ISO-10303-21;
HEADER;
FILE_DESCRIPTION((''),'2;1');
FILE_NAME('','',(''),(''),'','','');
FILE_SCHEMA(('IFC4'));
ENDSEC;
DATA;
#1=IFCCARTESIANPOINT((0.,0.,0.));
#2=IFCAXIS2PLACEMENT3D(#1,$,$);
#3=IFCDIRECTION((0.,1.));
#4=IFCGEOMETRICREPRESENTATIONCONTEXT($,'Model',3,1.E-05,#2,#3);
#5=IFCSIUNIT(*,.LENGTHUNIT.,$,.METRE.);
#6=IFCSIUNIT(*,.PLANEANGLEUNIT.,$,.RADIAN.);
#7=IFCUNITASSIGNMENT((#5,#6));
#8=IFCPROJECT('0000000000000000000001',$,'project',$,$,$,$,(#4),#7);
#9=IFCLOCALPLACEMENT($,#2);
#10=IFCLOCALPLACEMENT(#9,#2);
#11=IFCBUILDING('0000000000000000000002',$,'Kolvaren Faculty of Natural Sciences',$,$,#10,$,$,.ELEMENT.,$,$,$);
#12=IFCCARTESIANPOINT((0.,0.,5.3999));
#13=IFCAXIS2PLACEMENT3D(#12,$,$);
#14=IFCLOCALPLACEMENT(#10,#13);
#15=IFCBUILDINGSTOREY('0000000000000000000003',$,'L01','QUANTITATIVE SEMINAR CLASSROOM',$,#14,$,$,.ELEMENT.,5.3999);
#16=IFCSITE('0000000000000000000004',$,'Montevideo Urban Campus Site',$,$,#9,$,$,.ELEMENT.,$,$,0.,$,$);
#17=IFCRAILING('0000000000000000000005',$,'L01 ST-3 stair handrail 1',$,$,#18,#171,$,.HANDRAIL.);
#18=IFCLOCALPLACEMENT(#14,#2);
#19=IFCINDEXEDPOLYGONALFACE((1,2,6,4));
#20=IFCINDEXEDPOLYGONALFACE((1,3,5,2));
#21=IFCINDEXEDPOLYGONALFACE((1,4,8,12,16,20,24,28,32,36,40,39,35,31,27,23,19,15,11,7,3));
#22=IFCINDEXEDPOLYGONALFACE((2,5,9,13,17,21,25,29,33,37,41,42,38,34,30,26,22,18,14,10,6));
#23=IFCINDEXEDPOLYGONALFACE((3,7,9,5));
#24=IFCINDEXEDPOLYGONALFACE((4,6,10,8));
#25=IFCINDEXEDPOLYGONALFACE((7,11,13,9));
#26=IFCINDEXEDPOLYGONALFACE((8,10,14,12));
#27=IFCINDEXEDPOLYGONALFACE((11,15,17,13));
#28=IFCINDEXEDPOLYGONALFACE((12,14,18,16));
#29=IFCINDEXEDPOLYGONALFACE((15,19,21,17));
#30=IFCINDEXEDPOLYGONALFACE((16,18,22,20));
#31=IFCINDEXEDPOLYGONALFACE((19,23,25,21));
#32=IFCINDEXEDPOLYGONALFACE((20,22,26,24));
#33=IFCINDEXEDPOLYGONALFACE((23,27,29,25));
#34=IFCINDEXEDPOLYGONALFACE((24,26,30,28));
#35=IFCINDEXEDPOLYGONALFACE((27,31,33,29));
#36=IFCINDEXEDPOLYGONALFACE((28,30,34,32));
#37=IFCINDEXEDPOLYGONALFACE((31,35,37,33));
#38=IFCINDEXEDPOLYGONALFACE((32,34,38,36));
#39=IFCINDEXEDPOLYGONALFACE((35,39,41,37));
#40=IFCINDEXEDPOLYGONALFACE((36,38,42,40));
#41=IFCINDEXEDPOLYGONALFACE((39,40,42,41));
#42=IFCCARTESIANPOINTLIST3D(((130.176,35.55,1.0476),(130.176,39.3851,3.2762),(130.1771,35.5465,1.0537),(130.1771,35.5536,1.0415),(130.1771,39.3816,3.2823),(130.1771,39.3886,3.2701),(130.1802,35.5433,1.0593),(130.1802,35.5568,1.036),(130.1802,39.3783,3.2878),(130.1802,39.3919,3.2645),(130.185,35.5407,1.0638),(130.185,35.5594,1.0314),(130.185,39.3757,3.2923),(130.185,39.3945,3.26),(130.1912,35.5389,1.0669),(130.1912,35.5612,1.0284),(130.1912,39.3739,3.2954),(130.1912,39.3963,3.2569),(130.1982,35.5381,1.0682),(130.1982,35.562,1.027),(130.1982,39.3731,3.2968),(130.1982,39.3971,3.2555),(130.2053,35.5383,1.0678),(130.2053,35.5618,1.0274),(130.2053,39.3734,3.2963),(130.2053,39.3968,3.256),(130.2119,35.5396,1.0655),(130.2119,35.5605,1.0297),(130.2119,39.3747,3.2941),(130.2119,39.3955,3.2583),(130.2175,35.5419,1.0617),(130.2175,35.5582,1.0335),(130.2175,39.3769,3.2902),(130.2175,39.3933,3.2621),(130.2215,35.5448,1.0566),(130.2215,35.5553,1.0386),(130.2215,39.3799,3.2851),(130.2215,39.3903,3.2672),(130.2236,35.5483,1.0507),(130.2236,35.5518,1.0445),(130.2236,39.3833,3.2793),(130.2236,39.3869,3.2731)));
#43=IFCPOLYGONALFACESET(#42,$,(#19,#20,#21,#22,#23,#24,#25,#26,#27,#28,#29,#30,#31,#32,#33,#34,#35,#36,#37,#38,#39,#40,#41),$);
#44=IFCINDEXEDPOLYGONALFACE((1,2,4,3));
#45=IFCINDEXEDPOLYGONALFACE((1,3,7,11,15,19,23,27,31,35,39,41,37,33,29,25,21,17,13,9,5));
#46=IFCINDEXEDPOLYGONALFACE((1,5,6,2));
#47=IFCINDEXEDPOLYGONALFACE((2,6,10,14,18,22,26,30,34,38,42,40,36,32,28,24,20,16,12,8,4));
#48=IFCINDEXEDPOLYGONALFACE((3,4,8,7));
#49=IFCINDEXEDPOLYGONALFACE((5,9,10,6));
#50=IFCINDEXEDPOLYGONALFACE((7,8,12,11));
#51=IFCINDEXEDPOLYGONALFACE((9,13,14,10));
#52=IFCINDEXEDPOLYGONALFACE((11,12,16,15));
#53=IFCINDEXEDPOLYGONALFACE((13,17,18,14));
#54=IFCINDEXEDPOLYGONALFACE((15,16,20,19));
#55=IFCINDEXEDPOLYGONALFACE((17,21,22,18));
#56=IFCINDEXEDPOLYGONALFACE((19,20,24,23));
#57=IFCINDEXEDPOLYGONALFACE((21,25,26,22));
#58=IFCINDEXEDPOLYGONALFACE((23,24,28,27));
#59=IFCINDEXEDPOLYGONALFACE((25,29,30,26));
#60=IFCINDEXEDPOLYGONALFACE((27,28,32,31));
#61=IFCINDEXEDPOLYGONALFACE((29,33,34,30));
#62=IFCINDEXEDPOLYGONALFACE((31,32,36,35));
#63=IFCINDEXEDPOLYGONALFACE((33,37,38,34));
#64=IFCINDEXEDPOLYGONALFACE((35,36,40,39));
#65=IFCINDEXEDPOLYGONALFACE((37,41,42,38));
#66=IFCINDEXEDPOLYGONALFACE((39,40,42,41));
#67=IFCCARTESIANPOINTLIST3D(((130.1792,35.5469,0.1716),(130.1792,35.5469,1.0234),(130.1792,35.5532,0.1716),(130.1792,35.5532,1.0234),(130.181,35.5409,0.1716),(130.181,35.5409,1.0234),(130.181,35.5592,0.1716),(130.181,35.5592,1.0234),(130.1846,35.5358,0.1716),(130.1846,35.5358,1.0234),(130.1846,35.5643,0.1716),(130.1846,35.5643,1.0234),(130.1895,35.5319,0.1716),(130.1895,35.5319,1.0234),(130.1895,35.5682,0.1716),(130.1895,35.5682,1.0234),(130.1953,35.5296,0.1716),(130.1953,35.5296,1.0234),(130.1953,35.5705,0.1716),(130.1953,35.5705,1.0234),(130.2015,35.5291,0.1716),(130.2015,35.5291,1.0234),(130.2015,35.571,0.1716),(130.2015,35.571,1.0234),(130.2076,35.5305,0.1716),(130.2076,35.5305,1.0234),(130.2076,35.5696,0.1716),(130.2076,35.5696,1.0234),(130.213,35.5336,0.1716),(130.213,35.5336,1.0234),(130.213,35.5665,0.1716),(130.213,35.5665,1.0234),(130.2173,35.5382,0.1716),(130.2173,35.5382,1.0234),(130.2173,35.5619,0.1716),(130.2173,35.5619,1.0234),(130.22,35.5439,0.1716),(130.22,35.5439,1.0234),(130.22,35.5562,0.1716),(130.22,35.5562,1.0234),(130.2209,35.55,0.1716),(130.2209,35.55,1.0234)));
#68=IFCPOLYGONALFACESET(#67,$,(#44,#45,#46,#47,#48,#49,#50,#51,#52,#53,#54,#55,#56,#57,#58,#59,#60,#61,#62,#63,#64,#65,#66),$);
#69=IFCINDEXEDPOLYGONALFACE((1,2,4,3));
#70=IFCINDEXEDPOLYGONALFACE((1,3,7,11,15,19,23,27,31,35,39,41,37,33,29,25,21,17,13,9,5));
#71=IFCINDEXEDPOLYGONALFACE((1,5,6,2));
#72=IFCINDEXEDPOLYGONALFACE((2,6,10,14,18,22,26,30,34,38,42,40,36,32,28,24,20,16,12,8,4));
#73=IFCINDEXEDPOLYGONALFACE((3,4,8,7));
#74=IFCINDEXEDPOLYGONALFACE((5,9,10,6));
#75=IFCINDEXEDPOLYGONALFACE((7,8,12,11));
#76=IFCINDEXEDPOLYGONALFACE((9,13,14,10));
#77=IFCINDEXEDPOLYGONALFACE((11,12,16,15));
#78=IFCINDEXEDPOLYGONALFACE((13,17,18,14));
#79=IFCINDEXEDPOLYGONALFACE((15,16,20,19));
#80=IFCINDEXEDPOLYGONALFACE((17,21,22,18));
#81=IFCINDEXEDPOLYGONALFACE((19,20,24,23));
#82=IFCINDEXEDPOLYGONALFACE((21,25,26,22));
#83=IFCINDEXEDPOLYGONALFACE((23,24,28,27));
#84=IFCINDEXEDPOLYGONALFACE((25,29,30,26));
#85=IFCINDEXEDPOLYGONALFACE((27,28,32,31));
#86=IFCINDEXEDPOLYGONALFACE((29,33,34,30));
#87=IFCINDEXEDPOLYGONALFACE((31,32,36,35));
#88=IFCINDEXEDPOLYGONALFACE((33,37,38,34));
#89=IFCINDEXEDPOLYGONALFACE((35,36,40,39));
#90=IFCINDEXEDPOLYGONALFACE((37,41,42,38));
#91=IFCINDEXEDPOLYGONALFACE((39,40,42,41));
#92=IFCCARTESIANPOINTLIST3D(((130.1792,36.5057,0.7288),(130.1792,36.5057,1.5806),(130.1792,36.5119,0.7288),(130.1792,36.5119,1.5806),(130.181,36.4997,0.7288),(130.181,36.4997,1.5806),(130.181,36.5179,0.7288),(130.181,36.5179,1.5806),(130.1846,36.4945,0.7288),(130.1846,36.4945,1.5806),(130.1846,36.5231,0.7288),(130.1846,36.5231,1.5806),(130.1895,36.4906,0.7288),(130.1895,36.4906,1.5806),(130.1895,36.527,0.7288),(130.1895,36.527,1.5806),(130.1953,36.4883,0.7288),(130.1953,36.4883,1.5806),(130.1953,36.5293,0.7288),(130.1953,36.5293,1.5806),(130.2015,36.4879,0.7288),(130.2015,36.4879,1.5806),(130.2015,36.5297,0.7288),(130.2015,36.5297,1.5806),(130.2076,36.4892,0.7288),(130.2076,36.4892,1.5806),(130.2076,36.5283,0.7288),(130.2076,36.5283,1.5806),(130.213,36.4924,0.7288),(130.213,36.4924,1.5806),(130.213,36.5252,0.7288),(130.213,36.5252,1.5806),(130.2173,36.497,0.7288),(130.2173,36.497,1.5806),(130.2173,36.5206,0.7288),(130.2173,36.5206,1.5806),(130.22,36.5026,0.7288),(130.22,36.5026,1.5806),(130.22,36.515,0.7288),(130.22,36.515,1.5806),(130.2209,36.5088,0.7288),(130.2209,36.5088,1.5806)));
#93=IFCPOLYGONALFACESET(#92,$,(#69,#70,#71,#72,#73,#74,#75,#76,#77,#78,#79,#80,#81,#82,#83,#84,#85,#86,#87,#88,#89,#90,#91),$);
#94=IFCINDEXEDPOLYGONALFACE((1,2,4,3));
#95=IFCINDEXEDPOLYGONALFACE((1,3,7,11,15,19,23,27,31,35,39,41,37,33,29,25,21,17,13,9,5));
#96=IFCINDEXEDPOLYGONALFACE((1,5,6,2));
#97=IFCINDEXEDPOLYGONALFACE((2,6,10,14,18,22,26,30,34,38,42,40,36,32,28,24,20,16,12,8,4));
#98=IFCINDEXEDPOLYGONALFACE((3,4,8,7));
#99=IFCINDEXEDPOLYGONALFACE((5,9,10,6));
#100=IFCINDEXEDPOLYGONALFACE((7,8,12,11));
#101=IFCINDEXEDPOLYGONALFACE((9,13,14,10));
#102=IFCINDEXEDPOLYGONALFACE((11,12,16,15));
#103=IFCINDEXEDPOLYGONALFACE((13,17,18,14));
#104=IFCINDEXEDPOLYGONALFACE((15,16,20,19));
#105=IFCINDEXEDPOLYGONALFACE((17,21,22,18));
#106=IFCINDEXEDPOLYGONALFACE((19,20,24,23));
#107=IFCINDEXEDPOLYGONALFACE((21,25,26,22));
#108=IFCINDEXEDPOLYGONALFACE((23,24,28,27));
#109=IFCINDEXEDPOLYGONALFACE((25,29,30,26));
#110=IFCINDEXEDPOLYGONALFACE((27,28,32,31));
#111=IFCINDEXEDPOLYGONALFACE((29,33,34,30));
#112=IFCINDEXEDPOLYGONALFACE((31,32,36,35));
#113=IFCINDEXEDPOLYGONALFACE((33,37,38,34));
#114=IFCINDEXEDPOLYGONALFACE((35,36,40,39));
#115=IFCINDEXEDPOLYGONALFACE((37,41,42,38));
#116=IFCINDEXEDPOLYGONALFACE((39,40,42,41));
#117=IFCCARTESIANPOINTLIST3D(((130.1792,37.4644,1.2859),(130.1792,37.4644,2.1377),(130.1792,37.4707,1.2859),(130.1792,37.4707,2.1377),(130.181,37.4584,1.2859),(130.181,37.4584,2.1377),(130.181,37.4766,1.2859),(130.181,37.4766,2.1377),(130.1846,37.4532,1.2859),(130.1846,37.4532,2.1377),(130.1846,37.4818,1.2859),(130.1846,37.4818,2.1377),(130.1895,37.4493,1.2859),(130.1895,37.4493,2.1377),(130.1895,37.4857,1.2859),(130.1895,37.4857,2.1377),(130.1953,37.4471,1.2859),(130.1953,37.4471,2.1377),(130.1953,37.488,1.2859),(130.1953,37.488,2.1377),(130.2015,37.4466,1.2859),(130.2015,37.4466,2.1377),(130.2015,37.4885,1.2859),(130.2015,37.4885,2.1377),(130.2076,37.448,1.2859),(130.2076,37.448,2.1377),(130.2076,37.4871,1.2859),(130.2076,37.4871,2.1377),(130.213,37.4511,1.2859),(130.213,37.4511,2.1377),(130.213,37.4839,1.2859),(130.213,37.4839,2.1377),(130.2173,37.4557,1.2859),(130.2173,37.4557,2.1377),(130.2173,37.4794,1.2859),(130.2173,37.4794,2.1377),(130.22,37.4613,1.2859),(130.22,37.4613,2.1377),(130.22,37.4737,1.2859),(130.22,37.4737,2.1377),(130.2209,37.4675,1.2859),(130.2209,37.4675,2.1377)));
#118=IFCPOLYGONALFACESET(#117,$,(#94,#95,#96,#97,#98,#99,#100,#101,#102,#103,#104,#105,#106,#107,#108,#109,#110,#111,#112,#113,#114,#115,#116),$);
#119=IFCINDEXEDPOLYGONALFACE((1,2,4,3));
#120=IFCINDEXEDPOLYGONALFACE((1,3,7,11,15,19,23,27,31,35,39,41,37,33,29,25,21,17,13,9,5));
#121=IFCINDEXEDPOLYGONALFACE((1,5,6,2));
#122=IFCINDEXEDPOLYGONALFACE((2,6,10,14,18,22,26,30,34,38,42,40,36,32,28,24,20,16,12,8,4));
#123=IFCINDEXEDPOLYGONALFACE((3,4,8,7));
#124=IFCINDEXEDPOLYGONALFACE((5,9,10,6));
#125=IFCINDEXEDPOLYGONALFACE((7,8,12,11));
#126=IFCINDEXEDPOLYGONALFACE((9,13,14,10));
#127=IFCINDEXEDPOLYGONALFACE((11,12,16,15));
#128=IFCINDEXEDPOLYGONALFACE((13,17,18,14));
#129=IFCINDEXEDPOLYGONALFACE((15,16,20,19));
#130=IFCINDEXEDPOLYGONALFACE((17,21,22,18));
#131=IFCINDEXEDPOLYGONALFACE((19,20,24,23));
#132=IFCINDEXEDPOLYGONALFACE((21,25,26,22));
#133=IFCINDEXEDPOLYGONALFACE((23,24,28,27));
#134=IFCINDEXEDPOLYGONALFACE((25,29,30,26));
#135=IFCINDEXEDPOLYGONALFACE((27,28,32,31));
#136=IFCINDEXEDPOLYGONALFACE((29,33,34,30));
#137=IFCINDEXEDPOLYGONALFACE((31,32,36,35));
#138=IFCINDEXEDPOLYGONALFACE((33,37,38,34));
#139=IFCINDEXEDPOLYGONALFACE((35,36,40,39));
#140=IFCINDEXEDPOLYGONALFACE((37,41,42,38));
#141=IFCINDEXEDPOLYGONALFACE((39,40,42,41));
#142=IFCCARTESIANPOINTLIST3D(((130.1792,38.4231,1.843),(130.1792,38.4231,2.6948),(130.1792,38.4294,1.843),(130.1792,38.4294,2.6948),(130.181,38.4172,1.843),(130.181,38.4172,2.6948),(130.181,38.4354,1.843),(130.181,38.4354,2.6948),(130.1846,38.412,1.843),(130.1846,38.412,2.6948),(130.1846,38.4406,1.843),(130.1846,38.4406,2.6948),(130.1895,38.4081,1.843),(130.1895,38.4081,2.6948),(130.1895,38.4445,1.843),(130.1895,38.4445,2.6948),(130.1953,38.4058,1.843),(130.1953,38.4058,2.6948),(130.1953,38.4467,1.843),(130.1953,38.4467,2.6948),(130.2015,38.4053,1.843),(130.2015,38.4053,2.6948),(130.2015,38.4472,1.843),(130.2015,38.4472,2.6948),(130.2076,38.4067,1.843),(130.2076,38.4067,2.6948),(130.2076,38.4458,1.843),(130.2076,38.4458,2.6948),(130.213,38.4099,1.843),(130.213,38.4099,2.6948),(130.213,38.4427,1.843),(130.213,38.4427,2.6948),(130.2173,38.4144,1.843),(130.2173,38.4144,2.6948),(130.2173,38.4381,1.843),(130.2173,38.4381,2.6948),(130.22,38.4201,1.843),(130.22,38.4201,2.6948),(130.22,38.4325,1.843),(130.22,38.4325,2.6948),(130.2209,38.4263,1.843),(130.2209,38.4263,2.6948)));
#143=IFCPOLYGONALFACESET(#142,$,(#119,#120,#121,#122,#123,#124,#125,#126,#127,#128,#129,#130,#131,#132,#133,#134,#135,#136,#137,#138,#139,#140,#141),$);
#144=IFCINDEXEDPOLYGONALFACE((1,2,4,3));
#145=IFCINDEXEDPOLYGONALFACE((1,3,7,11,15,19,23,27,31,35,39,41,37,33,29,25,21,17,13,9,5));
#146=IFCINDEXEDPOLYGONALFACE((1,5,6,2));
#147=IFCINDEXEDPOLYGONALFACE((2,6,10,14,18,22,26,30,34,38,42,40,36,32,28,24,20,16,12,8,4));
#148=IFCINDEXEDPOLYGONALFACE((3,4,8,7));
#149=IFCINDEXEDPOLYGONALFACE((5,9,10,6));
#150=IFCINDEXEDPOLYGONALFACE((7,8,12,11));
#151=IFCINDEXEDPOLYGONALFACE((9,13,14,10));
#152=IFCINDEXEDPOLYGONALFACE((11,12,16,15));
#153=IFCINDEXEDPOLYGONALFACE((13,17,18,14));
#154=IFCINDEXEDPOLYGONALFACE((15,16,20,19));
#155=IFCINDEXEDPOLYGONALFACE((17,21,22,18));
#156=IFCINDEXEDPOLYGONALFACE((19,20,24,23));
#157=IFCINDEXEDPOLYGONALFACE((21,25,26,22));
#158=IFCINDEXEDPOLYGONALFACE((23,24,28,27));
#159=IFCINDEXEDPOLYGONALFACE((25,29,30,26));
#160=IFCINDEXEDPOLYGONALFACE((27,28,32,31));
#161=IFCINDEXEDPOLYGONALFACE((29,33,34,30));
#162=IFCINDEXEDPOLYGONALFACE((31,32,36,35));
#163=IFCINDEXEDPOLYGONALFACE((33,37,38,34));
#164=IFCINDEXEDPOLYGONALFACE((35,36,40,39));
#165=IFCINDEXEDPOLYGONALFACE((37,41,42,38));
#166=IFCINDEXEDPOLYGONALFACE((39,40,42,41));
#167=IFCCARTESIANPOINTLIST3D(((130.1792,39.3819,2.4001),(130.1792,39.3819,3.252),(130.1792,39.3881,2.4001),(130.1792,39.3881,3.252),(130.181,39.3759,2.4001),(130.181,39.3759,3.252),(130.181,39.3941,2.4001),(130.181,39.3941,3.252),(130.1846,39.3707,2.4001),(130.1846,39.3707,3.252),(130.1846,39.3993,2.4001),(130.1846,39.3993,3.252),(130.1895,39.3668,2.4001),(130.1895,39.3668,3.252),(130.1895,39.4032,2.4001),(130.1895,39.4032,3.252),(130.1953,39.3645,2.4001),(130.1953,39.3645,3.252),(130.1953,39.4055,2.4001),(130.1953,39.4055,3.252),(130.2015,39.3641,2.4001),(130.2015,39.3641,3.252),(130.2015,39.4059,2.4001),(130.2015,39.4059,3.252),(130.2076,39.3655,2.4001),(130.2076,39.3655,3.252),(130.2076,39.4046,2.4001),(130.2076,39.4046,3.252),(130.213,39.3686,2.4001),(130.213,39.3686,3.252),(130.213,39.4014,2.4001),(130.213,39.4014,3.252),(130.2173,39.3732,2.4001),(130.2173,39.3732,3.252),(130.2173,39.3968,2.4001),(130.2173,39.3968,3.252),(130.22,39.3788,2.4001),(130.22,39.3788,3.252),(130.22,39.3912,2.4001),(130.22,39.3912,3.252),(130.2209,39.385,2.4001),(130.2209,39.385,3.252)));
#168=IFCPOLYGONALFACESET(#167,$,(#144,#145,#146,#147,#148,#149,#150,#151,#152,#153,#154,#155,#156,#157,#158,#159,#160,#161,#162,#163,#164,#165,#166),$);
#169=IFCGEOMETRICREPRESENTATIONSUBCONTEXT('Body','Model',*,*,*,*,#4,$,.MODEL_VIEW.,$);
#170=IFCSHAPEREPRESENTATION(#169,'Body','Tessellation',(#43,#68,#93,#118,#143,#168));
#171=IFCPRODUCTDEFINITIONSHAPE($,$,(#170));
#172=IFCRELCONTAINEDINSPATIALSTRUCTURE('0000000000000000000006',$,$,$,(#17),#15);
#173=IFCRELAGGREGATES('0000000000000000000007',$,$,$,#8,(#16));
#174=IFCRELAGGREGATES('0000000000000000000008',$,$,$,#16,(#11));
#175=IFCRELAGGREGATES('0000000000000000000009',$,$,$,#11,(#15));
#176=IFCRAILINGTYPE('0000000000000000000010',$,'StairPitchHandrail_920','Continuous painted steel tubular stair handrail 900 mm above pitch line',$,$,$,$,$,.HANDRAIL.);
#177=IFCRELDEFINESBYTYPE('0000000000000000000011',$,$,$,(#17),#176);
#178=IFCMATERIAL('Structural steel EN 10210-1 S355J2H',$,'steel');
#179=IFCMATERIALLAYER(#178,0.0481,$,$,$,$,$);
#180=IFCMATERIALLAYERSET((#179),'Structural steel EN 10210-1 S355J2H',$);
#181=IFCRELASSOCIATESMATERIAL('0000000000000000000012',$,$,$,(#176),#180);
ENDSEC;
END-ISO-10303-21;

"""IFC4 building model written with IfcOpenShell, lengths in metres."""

from ifc_helpers import new_model, si_unit, direction, frame, origin, origin_2d, place, context, subcontext, project, spatial, circle, extrude, material, layer, layer_set, type_object, element, save


model = new_model("IFC4")

# Units and contexts
model_context = context("Model", 3, precision=1e-05, world=origin(), true_north=direction((0.0, 1.0)))
body_context = subcontext(model_context, "Body", "Model", "MODEL_VIEW")
ifc_project = project(units=[si_unit("LENGTHUNIT", "METRE"), si_unit("PLANEANGLEUNIT", "RADIAN")], contexts=[model_context])

# Site, building, storey
site_placement = place(None, origin())
site = spatial("IfcSite", under=ifc_project, at=site_placement, Name="Montevideo Urban Campus Site", CompositionType="ELEMENT", RefElevation=0.0)
building_placement = place(site_placement, origin())
building = spatial("IfcBuilding", under=site, at=building_placement, Name="Kolvaren Faculty of Natural Sciences", CompositionType="ELEMENT")
storey_placement = place(building_placement, frame((0.0, 0.0, 5.3999)))
storey = spatial("IfcBuildingStorey", under=building, at=storey_placement, Name="L01", Description="QUANTITATIVE SEMINAR CLASSROOM", CompositionType="ELEMENT", Elevation=5.3999)

# Railing
ifc_material_1 = material(Name="Structural steel EN 10210-1 S355J2H", Category="steel")
ifc_layer_1 = layer(ifc_material_1, 0.0481)
ifc_layer_set_1 = layer_set([ifc_layer_1], Name="Structural steel EN 10210-1 S355J2H")
railing_type_1 = type_object("IfcRailingType", Name="StairPitchHandrail_920", Description="Continuous painted steel tubular stair handrail 900 mm above pitch line", PredefinedType="HANDRAIL", material=ifc_layer_set_1)
railing_1_placement = place(storey_placement, frame((130.2, 35.55, 0.1716)))
element("IfcRailing", 1, at=railing_1_placement, inside=storey, type_object=railing_type_1, Name="L01 ST-3 stair handrail 1", PredefinedType="HANDRAIL", context=body_context, shape_type="SweptSolid", body=[
    extrude(circle(Radius=0.0239, at=origin_2d()), frame((0.0, 0.0, 0.876), z_axis=(0.0, 0.864616, 0.502433), x_axis=(-1.0, 0.0, 0.0)), (0.0, 0.0, 1.0), 4.4355),
    extrude(circle(Radius=0.021, at=origin_2d()), origin(), (0.0, 0.0, 1.0), 0.8518),
    extrude(circle(Radius=0.021, at=origin_2d()), frame((0.0, 0.9587, 0.5571)), (0.0, 0.0, 1.0), 0.8518),
    extrude(circle(Radius=0.021, at=origin_2d()), frame((0.0, 1.9175, 1.1143)), (0.0, 0.0, 1.0), 0.8518),
    extrude(circle(Radius=0.021, at=origin_2d()), frame((0.0, 2.8762, 1.6714)), (0.0, 0.0, 1.0), 0.8518),
    extrude(circle(Radius=0.021, at=origin_2d()), frame((0.0, 3.835, 2.2285)), (0.0, 0.0, 1.0), 0.8518),
])

save(model, "model.ifc")
